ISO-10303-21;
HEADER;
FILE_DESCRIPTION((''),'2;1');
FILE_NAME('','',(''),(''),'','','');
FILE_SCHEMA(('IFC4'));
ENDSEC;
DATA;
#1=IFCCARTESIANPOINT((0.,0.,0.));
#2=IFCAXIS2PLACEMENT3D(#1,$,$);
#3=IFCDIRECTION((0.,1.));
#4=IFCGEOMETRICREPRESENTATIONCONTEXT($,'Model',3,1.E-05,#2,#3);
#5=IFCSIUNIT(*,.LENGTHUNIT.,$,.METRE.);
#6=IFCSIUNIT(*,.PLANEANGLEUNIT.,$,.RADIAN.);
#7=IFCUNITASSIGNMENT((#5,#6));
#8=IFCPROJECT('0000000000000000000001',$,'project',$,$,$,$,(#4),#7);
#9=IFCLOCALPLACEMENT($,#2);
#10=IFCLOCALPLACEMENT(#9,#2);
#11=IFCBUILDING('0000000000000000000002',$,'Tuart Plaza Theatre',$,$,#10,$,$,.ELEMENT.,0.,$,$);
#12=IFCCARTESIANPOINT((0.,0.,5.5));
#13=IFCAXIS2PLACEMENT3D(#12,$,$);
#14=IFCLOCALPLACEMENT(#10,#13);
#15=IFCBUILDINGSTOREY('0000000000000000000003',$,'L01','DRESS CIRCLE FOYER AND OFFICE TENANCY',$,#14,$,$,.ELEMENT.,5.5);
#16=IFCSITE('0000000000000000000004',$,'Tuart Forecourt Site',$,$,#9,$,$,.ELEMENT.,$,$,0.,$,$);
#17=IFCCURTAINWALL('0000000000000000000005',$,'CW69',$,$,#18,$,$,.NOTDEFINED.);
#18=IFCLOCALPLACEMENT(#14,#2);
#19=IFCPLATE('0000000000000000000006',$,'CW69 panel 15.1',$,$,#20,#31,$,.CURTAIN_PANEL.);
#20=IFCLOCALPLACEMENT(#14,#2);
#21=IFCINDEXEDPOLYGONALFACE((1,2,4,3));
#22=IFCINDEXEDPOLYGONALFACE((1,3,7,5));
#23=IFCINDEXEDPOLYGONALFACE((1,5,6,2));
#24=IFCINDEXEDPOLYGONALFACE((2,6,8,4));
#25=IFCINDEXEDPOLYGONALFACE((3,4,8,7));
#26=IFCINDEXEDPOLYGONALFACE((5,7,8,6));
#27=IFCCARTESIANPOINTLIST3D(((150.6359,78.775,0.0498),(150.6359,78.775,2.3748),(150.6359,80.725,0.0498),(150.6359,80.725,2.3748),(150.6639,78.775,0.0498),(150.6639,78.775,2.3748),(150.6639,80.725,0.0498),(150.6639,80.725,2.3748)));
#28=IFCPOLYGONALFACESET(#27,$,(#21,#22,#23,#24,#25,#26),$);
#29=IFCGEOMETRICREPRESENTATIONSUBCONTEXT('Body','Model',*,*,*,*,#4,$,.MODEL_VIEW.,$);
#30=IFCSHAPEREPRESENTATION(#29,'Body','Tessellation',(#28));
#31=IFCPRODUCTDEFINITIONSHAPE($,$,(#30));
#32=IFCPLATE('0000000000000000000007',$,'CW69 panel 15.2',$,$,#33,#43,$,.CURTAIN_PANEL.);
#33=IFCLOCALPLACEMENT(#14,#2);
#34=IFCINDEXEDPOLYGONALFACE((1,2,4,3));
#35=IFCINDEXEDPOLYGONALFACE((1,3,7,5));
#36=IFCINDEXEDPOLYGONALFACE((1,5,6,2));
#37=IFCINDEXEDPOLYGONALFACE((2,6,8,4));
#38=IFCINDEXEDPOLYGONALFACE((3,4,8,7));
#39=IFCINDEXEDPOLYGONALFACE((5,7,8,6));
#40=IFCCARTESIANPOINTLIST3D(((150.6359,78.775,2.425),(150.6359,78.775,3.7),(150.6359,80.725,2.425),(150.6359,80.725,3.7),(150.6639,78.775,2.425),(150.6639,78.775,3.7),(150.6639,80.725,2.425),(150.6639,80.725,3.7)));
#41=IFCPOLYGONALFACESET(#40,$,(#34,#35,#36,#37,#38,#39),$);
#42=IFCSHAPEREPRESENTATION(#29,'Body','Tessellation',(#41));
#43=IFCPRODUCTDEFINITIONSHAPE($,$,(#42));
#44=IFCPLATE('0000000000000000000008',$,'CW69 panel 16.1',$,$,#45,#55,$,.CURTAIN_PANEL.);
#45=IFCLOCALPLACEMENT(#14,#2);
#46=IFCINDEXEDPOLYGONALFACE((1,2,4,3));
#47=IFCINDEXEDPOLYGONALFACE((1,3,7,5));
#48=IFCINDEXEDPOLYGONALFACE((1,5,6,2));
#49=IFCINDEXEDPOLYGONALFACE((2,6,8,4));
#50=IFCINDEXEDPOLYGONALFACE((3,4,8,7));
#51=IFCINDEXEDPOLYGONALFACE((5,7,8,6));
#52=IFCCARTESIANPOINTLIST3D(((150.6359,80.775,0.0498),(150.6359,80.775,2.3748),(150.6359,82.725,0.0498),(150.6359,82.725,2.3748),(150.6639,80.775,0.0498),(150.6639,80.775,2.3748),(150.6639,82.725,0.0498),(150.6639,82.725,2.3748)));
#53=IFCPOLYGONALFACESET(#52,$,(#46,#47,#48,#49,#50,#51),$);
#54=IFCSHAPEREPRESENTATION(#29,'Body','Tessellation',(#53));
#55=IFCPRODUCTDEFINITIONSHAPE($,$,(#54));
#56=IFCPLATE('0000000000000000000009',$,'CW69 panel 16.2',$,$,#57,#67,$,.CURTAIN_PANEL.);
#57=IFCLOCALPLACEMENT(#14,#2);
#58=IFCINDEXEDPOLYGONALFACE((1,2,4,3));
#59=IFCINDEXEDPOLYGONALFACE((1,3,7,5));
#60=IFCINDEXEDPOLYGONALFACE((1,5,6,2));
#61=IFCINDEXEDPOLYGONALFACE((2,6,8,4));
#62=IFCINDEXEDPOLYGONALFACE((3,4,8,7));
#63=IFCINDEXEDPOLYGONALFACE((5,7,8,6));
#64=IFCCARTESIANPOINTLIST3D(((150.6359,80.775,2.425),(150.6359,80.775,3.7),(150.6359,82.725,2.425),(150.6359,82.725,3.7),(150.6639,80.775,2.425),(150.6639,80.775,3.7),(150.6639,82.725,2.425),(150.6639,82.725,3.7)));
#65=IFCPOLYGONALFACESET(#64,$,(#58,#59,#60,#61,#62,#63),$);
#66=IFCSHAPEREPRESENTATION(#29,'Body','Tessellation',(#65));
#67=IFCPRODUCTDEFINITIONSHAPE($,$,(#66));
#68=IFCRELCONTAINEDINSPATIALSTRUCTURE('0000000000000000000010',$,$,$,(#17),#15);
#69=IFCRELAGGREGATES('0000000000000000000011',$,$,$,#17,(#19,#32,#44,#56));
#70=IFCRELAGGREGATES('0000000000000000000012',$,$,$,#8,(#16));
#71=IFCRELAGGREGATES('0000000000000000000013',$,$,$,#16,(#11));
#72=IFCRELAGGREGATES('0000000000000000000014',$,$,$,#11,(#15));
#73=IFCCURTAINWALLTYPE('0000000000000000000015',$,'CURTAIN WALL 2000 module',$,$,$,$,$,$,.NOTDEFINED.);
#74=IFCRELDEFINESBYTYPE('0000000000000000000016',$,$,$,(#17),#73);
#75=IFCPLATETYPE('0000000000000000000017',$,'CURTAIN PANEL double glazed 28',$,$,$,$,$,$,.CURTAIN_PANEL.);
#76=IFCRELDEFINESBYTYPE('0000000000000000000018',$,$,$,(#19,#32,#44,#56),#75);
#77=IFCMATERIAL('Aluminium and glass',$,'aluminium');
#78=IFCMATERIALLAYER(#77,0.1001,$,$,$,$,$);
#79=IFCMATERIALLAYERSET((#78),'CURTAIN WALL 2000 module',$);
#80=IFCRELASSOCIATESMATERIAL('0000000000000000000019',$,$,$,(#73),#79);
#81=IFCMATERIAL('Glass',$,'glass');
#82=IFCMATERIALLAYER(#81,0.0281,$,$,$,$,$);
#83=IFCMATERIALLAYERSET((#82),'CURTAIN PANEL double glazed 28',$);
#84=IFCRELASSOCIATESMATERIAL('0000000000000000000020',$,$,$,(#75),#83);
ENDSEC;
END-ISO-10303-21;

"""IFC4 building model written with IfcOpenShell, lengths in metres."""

from ifc_helpers import new_model, si_unit, direction, frame, origin, origin_2d, place, context, subcontext, project, spatial, rectangle, extrude, material, layer, layer_set, type_object, element, aggregate, save


model = new_model("IFC4")

# Units and contexts
model_context = context("Model", 3, precision=1e-05, world=origin(), true_north=direction((0.0, 1.0)))
body_context = subcontext(model_context, "Body", "Model", "MODEL_VIEW")
ifc_project = project(units=[si_unit("LENGTHUNIT", "METRE"), si_unit("PLANEANGLEUNIT", "RADIAN")], contexts=[model_context])

# Site, building, storey
site_placement = place(None, origin())
site = spatial("IfcSite", under=ifc_project, at=site_placement, Name="Tuart Forecourt Site", CompositionType="ELEMENT", RefElevation=0.0)
building_placement = place(site_placement, origin())
building = spatial("IfcBuilding", under=site, at=building_placement, Name="Tuart Plaza Theatre", CompositionType="ELEMENT", ElevationOfRefHeight=0.0)
storey_placement = place(building_placement, frame((0.0, 0.0, 5.5)))
storey = spatial("IfcBuildingStorey", under=building, at=storey_placement, Name="L01", Description="DRESS CIRCLE FOYER AND OFFICE TENANCY", CompositionType="ELEMENT", Elevation=5.5)

# Curtain wall, plates
ifc_material_1 = material(Name="Aluminium and glass", Category="aluminium")
ifc_layer_1 = layer(ifc_material_1, 0.1001)
ifc_layer_set_1 = layer_set([ifc_layer_1], Name="CURTAIN WALL 2000 module")
curtain_wall_type = type_object("IfcCurtainWallType", Name="CURTAIN WALL 2000 module", PredefinedType="NOTDEFINED", material=ifc_layer_set_1)
curtain_wall_placement = place(storey_placement, origin())
curtain_wall = element("IfcCurtainWall", 1, at=curtain_wall_placement, inside=storey, type_object=curtain_wall_type, Name="CW69", PredefinedType="NOTDEFINED")
ifc_material_2 = material(Name="Glass", Category="glass")
ifc_layer_2 = layer(ifc_material_2, 0.0281)
ifc_layer_set_2 = layer_set([ifc_layer_2], Name="CURTAIN PANEL double glazed 28")
plate_type = type_object("IfcPlateType", Name="CURTAIN PANEL double glazed 28", PredefinedType="CURTAIN_PANEL", material=ifc_layer_set_2)
plate_1_placement = place(storey_placement, frame((150.6499, 79.75, 0.0498), z_axis=(0.0, 0.0, 1.0), x_axis=(0.0, 1.0, 0.0)))
plate_1 = element("IfcPlate", 2, at=plate_1_placement, type_object=plate_type, Name="CW69 panel 15.1", PredefinedType="CURTAIN_PANEL", context=body_context, shape_type="SweptSolid", body=[
    extrude(rectangle(XDim=1.95, YDim=0.0281, at=origin_2d()), origin(), (0.0, 0.0, 1.0), 2.325),
])
plate_2_placement = place(storey_placement, frame((150.6499, 79.75, 2.425), z_axis=(0.0, 0.0, 1.0), x_axis=(0.0, 1.0, 0.0)))
plate_2 = element("IfcPlate", 3, at=plate_2_placement, type_object=plate_type, Name="CW69 panel 15.2", PredefinedType="CURTAIN_PANEL", context=body_context, shape_type="SweptSolid", body=[
    extrude(rectangle(XDim=1.95, YDim=0.0281, at=origin_2d()), origin(), (0.0, 0.0, 1.0), 1.2749),
])
plate_3_placement = place(storey_placement, frame((150.6499, 81.75, 0.0498), z_axis=(0.0, 0.0, 1.0), x_axis=(0.0, 1.0, 0.0)))
plate_3 = element("IfcPlate", 4, at=plate_3_placement, type_object=plate_type, Name="CW69 panel 16.1", PredefinedType="CURTAIN_PANEL", context=body_context, shape_type="SweptSolid", body=[
    extrude(rectangle(XDim=1.95, YDim=0.0281, at=origin_2d()), origin(), (0.0, 0.0, 1.0), 2.325),
])
plate_4_placement = place(storey_placement, frame((150.6499, 81.75, 2.425), z_axis=(0.0, 0.0, 1.0), x_axis=(0.0, 1.0, 0.0)))
plate_4 = element("IfcPlate", 5, at=plate_4_placement, type_object=plate_type, Name="CW69 panel 16.2", PredefinedType="CURTAIN_PANEL", context=body_context, shape_type="SweptSolid", body=[
    extrude(rectangle(XDim=1.95, YDim=0.0281, at=origin_2d()), origin(), (0.0, 0.0, 1.0), 1.2749),
])
aggregate(curtain_wall, [plate_1, plate_2, plate_3, plate_4])

save(model, "model.ifc")
